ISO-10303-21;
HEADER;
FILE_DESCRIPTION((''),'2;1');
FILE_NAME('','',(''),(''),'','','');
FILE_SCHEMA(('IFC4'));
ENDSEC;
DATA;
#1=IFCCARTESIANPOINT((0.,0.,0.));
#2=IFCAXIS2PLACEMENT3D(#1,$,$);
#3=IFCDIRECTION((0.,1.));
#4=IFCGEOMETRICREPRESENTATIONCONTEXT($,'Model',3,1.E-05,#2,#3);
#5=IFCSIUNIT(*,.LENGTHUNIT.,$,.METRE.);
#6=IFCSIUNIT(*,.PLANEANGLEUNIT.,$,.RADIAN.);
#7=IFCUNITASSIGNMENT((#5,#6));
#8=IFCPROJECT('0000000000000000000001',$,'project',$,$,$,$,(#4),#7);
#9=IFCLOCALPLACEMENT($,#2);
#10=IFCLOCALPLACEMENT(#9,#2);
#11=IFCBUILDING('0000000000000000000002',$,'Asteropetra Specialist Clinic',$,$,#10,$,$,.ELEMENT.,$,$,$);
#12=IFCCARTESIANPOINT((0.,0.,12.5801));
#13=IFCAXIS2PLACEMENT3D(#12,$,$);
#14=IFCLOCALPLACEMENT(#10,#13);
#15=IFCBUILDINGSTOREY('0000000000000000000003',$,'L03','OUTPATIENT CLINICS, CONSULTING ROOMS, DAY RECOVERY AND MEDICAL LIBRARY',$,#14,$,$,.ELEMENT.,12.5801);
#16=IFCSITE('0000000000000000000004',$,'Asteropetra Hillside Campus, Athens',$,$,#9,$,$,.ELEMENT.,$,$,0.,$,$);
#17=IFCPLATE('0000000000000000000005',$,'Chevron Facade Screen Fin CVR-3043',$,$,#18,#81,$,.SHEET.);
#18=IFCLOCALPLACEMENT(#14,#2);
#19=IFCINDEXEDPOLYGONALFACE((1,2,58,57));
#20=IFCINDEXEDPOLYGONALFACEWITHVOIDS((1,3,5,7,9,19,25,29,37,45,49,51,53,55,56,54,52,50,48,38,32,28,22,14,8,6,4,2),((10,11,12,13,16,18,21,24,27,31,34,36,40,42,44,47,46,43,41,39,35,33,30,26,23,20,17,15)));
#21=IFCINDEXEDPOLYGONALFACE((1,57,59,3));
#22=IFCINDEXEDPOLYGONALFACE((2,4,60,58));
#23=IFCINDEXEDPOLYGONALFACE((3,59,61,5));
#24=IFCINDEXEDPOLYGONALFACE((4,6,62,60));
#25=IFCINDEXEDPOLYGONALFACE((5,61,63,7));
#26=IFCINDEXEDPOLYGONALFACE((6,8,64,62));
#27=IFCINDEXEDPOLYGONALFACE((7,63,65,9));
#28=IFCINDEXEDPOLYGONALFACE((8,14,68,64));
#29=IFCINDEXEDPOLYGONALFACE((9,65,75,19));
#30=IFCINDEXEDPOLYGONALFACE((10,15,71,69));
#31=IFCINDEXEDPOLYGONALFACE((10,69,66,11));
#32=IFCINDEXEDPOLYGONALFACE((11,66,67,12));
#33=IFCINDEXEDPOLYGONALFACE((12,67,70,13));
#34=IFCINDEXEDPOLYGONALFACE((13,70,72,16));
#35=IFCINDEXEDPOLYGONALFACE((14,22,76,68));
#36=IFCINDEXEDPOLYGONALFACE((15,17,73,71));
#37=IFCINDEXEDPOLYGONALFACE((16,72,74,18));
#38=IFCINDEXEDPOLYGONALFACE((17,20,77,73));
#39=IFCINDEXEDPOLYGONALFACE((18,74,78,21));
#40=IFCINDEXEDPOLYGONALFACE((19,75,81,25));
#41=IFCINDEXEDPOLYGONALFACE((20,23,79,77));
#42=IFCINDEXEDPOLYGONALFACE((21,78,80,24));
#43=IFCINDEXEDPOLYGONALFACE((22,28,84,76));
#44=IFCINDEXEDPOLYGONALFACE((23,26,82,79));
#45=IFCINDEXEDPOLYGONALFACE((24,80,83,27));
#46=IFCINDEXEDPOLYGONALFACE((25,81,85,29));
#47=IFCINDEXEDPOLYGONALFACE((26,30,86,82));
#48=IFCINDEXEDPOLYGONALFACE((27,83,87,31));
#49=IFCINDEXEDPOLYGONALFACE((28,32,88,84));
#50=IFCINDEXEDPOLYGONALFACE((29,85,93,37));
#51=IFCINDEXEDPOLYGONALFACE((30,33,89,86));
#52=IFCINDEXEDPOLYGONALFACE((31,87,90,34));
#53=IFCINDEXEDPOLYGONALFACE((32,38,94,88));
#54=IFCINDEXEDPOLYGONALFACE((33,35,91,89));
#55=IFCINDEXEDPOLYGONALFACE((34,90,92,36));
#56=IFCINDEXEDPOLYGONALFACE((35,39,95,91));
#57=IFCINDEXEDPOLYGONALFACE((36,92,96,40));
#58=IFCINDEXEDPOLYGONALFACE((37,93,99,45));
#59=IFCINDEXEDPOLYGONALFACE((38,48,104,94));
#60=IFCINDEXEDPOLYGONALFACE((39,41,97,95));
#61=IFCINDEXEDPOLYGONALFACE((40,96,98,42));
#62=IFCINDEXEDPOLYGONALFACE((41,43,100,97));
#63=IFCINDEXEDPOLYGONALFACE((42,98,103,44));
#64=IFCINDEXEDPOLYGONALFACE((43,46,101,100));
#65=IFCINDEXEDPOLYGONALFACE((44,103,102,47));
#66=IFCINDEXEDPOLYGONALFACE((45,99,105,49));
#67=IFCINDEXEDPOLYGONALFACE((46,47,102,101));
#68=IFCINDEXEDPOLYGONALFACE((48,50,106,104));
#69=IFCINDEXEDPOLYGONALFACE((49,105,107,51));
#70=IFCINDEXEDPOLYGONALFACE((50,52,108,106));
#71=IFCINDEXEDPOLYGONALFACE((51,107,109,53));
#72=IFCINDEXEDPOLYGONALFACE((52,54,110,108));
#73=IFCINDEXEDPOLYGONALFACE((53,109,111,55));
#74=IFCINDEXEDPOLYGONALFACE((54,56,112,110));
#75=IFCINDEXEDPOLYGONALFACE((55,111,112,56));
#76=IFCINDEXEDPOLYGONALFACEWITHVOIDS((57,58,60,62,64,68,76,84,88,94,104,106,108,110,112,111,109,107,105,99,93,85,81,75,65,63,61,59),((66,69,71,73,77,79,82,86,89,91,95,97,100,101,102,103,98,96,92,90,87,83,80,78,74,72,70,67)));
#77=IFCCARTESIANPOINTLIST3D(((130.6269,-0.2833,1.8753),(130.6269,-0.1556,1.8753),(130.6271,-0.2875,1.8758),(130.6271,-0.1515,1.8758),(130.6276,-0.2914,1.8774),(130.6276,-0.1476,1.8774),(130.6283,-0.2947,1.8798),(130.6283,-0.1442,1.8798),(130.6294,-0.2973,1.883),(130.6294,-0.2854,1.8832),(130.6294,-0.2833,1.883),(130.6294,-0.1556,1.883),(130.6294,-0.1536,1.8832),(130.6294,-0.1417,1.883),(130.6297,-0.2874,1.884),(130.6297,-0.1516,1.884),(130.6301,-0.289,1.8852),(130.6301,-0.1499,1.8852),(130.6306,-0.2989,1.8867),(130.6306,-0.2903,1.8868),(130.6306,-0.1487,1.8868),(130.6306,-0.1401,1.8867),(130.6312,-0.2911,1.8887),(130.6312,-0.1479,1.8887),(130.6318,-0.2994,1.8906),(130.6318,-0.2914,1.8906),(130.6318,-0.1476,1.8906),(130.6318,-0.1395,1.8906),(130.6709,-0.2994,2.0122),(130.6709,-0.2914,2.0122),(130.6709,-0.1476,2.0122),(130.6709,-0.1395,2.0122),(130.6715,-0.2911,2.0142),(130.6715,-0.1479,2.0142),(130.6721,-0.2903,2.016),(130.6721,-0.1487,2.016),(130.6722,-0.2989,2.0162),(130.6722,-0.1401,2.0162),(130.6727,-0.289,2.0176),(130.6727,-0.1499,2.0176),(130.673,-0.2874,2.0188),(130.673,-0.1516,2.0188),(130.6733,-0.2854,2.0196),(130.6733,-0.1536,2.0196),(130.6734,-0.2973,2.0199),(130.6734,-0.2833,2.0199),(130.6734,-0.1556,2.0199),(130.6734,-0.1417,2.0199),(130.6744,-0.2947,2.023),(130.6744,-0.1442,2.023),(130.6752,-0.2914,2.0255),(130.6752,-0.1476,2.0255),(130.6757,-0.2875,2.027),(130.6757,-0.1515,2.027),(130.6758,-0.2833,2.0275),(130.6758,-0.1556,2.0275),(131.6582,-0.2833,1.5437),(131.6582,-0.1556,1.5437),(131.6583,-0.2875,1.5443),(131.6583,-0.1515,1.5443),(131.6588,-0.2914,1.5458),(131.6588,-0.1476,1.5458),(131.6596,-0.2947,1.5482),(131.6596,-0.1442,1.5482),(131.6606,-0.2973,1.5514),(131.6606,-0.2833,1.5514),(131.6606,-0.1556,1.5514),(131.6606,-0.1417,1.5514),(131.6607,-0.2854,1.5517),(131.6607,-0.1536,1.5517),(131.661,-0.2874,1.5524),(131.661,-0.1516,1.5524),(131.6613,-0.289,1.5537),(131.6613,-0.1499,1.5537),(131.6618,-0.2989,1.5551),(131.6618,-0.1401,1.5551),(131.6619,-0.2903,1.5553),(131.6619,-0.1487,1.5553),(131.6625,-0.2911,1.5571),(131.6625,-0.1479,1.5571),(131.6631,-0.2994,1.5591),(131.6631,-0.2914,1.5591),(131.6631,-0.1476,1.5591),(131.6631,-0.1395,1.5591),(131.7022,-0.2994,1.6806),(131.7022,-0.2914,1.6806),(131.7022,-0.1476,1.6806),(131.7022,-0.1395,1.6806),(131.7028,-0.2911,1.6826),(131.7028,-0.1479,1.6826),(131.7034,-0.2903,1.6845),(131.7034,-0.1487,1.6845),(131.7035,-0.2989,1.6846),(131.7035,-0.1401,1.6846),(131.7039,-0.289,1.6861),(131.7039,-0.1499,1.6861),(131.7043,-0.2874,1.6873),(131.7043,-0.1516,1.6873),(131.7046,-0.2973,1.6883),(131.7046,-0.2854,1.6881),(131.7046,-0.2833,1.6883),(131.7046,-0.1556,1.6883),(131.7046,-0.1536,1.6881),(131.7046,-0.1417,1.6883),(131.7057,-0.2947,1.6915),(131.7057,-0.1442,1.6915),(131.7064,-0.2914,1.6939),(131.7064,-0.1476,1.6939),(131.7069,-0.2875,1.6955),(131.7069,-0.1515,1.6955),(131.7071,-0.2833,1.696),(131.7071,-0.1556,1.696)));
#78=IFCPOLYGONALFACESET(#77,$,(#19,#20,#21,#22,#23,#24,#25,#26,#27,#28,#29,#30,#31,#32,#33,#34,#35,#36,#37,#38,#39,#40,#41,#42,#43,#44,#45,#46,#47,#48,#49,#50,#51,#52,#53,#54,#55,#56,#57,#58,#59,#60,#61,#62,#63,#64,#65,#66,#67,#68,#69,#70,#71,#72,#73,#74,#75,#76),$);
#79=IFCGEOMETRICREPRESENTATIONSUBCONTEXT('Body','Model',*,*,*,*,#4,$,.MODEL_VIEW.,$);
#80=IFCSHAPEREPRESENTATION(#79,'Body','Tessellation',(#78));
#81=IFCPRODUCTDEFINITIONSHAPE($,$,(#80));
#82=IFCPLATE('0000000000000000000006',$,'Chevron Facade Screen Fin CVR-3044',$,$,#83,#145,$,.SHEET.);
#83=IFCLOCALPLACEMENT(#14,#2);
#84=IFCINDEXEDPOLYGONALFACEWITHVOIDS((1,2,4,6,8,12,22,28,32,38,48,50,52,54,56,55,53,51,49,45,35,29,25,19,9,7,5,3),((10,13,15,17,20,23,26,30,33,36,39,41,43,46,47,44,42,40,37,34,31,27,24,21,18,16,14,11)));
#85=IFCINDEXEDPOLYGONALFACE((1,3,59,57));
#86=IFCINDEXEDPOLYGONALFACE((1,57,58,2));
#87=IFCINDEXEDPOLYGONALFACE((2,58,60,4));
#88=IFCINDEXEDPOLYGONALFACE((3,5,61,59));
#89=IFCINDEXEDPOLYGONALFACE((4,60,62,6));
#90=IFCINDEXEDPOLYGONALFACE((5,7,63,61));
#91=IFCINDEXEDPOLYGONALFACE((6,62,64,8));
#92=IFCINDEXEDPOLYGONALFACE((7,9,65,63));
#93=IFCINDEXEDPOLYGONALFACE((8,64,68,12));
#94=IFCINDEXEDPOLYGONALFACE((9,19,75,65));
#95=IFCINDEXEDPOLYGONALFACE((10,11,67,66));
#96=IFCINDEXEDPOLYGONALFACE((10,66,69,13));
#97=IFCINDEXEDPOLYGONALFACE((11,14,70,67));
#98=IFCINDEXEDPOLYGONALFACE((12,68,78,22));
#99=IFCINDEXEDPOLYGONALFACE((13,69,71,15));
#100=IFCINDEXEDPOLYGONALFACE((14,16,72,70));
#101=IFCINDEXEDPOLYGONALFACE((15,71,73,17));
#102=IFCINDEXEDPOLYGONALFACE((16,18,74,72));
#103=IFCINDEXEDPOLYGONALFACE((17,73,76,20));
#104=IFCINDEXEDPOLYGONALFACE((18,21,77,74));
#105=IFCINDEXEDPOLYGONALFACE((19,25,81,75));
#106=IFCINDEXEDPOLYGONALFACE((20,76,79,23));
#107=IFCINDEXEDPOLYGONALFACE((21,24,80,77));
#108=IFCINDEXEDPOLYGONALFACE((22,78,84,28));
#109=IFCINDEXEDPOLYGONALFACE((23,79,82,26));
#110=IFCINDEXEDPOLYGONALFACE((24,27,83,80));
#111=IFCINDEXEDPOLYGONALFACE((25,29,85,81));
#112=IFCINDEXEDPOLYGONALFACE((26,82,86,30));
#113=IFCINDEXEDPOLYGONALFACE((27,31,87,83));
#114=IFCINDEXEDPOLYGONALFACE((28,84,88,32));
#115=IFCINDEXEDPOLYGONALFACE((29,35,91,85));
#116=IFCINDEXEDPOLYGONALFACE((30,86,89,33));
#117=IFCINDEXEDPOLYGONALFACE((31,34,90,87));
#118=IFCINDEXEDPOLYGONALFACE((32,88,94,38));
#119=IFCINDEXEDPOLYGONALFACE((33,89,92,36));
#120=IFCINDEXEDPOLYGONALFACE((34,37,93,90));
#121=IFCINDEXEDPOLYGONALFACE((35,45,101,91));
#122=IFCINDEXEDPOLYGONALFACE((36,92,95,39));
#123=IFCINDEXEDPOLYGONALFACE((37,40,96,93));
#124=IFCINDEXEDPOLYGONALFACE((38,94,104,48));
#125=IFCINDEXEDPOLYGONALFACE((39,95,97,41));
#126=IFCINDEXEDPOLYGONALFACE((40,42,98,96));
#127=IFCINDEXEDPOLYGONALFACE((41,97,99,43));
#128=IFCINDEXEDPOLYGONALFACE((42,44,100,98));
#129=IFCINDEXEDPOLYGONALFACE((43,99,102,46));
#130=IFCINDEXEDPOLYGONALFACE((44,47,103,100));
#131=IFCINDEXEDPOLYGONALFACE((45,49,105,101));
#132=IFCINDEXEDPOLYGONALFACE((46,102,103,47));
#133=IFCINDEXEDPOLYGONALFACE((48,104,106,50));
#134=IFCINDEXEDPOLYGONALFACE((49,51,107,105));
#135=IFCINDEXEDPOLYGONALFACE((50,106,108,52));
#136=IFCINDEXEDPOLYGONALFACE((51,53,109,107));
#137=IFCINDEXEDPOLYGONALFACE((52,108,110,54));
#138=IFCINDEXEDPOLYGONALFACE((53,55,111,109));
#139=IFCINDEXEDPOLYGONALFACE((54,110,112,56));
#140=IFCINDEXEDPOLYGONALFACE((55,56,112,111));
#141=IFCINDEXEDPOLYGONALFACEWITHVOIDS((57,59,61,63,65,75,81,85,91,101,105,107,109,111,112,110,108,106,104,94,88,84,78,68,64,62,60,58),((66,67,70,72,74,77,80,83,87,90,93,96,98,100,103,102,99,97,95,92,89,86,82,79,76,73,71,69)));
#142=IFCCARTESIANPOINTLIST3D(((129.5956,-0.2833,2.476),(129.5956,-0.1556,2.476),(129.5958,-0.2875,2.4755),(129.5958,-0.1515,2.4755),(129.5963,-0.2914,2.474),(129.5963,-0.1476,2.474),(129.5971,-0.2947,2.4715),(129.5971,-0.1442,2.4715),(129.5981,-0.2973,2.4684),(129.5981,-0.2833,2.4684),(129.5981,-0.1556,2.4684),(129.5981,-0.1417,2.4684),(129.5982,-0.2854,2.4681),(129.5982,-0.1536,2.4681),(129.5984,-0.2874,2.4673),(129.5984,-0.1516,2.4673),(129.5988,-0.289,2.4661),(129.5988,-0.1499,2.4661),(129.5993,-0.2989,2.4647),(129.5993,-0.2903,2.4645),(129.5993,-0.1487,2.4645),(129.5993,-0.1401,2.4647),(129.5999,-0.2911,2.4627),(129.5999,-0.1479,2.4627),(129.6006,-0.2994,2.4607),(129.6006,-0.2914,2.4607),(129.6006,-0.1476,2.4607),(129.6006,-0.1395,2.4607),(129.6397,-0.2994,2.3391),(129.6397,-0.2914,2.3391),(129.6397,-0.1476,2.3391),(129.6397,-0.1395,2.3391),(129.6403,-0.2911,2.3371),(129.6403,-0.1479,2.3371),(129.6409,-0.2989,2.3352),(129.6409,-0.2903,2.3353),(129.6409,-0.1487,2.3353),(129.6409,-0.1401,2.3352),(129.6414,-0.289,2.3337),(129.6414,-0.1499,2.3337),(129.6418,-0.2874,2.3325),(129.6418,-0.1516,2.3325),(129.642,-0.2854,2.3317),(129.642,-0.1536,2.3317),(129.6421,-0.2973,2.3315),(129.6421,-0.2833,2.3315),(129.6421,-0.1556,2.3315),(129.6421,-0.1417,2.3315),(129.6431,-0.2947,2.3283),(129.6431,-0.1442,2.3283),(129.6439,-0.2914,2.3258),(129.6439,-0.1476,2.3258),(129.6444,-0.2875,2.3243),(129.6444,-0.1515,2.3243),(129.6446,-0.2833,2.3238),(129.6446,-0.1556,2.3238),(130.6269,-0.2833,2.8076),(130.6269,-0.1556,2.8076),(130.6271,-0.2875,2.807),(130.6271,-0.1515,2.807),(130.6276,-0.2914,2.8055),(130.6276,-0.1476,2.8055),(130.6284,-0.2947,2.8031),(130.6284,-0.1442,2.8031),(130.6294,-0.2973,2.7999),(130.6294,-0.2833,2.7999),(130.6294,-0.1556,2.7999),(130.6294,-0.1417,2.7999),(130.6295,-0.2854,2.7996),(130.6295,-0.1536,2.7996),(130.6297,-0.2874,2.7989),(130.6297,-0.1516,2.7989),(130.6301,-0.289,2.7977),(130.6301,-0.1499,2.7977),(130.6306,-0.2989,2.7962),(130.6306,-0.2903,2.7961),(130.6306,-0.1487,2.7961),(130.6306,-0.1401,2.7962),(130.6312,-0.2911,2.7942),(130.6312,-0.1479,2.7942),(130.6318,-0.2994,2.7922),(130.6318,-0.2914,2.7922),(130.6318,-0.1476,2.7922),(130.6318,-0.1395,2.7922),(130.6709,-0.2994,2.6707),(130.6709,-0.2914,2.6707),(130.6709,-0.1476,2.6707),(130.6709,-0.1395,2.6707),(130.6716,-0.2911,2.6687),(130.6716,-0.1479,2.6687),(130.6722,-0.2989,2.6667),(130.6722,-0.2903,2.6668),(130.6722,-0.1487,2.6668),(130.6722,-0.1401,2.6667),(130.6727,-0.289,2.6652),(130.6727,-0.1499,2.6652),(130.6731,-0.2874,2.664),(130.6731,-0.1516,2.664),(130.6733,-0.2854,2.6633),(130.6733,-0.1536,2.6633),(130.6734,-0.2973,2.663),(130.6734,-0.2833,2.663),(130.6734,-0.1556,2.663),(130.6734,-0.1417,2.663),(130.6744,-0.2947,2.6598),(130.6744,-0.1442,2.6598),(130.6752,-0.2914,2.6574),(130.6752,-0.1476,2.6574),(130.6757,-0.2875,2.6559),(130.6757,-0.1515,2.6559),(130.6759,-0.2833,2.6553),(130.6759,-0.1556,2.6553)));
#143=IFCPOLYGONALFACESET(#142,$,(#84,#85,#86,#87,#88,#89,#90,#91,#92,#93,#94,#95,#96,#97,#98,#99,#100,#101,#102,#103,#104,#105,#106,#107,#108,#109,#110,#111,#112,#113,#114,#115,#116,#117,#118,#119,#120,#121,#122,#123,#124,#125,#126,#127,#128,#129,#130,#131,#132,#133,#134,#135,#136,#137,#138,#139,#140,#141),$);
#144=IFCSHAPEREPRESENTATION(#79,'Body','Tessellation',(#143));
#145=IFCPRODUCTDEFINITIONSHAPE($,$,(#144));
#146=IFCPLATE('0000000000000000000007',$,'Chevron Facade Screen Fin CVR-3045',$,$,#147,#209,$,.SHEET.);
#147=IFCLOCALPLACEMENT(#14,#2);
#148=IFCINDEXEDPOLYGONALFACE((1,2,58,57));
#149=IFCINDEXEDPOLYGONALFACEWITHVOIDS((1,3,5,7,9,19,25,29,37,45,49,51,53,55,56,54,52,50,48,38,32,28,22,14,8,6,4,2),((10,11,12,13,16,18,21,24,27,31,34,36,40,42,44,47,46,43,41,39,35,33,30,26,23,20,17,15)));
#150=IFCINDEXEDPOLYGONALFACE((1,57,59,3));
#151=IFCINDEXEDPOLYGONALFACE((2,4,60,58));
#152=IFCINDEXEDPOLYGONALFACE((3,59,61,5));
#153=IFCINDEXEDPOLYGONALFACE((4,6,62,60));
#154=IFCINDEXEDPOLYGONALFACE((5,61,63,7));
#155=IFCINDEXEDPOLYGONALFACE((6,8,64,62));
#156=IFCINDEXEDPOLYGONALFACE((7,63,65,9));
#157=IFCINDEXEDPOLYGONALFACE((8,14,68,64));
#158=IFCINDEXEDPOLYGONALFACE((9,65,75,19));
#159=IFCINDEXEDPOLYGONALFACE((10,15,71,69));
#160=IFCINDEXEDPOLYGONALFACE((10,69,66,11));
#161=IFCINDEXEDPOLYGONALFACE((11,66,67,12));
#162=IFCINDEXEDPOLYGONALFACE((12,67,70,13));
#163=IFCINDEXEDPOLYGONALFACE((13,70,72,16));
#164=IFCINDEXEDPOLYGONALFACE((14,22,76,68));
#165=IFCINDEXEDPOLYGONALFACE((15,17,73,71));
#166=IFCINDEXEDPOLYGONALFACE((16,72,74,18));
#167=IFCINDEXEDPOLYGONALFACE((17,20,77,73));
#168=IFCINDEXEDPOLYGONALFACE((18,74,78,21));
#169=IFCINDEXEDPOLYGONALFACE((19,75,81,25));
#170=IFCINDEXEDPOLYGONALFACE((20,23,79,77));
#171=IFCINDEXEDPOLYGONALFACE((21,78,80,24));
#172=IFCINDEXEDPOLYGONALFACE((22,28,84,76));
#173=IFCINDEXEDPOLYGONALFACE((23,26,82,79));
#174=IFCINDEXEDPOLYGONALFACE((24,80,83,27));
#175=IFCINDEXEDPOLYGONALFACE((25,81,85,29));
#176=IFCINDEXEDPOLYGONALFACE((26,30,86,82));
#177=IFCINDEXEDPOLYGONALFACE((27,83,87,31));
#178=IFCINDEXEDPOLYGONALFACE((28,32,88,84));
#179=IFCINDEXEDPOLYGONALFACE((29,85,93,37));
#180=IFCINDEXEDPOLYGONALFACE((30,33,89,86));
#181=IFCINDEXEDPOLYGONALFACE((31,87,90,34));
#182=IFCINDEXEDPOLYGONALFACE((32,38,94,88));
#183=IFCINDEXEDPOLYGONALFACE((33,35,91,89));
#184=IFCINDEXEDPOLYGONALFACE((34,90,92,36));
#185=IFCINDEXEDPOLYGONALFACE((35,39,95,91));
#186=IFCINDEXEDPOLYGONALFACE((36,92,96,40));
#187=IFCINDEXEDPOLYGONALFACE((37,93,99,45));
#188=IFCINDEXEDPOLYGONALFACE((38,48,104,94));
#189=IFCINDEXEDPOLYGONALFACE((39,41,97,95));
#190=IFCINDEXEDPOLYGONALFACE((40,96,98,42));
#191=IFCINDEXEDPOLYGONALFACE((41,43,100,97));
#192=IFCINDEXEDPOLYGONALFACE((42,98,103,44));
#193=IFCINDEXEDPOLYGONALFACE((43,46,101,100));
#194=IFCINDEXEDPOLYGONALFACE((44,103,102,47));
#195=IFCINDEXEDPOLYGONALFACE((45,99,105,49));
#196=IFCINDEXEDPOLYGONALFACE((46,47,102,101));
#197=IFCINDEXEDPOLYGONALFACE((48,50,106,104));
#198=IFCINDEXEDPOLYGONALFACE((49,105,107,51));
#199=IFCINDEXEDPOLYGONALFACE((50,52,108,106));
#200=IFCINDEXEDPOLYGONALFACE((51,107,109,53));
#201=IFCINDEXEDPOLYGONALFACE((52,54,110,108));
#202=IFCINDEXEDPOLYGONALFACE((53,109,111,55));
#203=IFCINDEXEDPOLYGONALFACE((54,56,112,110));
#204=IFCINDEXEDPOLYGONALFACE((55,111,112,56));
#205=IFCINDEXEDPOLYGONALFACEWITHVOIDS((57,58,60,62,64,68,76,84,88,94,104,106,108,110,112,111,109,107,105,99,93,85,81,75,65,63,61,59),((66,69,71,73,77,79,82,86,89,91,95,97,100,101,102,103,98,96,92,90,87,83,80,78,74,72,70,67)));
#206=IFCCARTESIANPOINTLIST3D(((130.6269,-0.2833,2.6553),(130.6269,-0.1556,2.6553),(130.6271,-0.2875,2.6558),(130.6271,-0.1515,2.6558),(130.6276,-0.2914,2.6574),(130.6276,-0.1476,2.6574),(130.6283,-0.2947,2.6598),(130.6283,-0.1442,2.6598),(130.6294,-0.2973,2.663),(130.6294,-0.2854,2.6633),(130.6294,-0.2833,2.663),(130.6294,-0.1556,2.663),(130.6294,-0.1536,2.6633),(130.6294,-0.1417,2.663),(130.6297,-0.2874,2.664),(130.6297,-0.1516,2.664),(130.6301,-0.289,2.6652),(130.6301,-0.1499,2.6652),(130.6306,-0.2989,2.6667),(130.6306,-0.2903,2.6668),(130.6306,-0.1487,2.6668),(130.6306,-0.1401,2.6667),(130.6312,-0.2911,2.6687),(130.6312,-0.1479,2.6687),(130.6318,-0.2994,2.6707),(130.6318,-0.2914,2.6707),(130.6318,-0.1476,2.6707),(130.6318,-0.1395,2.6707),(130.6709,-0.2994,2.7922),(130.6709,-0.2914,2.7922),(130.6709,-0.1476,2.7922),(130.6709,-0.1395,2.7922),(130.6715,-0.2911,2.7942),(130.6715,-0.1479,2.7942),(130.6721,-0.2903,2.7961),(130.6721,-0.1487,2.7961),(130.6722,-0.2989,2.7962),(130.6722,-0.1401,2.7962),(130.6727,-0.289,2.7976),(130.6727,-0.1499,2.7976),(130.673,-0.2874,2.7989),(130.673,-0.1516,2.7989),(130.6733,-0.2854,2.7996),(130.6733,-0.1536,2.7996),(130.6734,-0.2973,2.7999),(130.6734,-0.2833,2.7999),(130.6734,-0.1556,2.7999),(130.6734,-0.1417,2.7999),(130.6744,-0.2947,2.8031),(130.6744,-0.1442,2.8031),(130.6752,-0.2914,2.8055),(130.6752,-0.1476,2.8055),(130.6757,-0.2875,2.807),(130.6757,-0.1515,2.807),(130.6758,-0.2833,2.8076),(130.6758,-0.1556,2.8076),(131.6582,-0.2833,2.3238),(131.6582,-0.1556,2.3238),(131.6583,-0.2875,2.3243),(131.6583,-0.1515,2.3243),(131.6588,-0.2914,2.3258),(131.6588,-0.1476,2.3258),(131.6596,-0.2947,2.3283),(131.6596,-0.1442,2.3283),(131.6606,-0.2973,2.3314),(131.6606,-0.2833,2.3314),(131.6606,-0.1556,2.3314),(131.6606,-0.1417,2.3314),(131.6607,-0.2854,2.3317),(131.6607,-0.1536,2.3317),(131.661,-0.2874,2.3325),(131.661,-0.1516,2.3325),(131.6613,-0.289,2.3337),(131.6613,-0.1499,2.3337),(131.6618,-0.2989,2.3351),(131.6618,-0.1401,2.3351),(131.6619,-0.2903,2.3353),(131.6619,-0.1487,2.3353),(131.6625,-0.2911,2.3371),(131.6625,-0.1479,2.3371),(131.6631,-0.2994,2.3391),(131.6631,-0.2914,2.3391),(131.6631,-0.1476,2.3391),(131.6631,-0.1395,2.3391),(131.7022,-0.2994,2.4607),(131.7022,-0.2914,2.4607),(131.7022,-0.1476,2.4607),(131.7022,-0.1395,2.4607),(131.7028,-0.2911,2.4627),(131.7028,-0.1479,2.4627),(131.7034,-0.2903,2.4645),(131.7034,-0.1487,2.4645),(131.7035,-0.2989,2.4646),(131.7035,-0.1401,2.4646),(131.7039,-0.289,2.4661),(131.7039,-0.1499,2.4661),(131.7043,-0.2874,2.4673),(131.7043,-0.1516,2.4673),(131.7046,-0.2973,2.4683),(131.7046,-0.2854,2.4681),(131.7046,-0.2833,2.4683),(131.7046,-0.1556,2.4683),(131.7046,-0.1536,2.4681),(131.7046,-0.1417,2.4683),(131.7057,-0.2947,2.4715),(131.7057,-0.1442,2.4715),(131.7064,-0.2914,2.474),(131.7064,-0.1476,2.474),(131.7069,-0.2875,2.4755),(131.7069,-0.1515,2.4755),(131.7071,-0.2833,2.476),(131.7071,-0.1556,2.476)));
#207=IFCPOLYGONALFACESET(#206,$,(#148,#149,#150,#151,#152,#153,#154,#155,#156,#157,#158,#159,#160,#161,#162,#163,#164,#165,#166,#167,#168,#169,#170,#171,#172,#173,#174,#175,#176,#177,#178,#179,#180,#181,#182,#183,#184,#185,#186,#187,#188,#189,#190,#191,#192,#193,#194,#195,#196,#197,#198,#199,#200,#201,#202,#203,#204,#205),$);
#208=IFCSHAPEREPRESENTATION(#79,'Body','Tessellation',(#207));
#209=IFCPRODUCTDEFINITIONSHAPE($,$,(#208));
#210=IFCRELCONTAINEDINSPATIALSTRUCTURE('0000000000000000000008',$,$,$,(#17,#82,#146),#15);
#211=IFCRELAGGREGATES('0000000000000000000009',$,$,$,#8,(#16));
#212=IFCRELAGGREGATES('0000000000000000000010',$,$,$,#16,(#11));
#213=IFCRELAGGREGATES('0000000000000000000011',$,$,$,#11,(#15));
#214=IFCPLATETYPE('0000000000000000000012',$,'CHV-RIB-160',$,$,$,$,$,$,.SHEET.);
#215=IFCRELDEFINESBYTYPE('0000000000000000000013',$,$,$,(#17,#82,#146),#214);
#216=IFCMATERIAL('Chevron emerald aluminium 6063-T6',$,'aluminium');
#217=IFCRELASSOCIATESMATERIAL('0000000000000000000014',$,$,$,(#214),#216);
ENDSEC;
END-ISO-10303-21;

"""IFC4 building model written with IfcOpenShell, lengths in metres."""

from ifc_helpers import new_model, si_unit, direction, frame, origin, origin_2d, place, context, subcontext, project, spatial, hollow_rectangle, extrude, material, material_profile, profile_set, type_object, element, save


model = new_model("IFC4")

# Units and contexts
model_context = context("Model", 3, precision=1e-05, world=origin(), true_north=direction((0.0, 1.0)))
body_context = subcontext(model_context, "Body", "Model", "MODEL_VIEW")
ifc_project = project(units=[si_unit("LENGTHUNIT", "METRE"), si_unit("PLANEANGLEUNIT", "RADIAN")], contexts=[model_context])

# Site, building, storey
site_placement = place(None, origin())
site = spatial("IfcSite", under=ifc_project, at=site_placement, Name="Asteropetra Hillside Campus, Athens", CompositionType="ELEMENT", RefElevation=0.0)
building_placement = place(site_placement, origin())
building = spatial("IfcBuilding", under=site, at=building_placement, Name="Asteropetra Specialist Clinic", CompositionType="ELEMENT")
storey_placement = place(building_placement, frame((0.0, 0.0, 12.5801)))
storey = spatial("IfcBuildingStorey", under=building, at=storey_placement, Name="L03", Description="OUTPATIENT CLINICS, CONSULTING ROOMS, DAY RECOVERY AND MEDICAL LIBRARY", CompositionType="ELEMENT", Elevation=12.5801)

# Plates
ifc_material_1 = material(Name="Chevron emerald aluminium 6063-T6", Category="aluminium")
ifc_material_profile_1 = material_profile(ifc_material_1, hollow_rectangle(XDim=0.1599, YDim=0.1599, WallThickness=0.0081, InnerFilletRadius=0.0081, OuterFilletRadius=0.0161, at=origin_2d()), Name="SHS 160x160x8.0")
ifc_profile_set_1 = profile_set([ifc_material_profile_1], Name="Chevron emerald aluminium 6063-T6")
plate_type_1 = type_object("IfcPlateType", Name="CHV-RIB-160", PredefinedType="SHEET", material=ifc_profile_set_1)
for number, where, z_axis, x_axis, name in (
    (1, (130.6514, -0.2195, 1.9514), (0.95201, 0.0, -0.306068), (0.0, 1.0, 0.0), "Chevron Facade Screen Fin CVR-3043"),
    (2, (129.6201, -0.2195, 2.3999), (0.95201, 0.0, 0.306068), (0.0, 1.0, 0.0), "Chevron Facade Screen Fin CVR-3044"),
    (3, (130.6514, -0.2195, 2.7314), (0.95201, 0.0, -0.306068), (0.0, 1.0, 0.0), "Chevron Facade Screen Fin CVR-3045"),
):
    element("IfcPlate", number, at=place(storey_placement, frame(where, z_axis=z_axis, x_axis=x_axis)), inside=storey, type_object=plate_type_1, Name=name, PredefinedType="SHEET", context=body_context, shape_type="SweptSolid", body=[
        extrude(hollow_rectangle(XDim=0.1599, YDim=0.1599, WallThickness=0.0081, InnerFilletRadius=0.0081, OuterFilletRadius=0.0161, at=origin_2d()), origin(), (0.0, 0.0, 1.0), 1.0833),
    ])

save(model, "model.ifc")
